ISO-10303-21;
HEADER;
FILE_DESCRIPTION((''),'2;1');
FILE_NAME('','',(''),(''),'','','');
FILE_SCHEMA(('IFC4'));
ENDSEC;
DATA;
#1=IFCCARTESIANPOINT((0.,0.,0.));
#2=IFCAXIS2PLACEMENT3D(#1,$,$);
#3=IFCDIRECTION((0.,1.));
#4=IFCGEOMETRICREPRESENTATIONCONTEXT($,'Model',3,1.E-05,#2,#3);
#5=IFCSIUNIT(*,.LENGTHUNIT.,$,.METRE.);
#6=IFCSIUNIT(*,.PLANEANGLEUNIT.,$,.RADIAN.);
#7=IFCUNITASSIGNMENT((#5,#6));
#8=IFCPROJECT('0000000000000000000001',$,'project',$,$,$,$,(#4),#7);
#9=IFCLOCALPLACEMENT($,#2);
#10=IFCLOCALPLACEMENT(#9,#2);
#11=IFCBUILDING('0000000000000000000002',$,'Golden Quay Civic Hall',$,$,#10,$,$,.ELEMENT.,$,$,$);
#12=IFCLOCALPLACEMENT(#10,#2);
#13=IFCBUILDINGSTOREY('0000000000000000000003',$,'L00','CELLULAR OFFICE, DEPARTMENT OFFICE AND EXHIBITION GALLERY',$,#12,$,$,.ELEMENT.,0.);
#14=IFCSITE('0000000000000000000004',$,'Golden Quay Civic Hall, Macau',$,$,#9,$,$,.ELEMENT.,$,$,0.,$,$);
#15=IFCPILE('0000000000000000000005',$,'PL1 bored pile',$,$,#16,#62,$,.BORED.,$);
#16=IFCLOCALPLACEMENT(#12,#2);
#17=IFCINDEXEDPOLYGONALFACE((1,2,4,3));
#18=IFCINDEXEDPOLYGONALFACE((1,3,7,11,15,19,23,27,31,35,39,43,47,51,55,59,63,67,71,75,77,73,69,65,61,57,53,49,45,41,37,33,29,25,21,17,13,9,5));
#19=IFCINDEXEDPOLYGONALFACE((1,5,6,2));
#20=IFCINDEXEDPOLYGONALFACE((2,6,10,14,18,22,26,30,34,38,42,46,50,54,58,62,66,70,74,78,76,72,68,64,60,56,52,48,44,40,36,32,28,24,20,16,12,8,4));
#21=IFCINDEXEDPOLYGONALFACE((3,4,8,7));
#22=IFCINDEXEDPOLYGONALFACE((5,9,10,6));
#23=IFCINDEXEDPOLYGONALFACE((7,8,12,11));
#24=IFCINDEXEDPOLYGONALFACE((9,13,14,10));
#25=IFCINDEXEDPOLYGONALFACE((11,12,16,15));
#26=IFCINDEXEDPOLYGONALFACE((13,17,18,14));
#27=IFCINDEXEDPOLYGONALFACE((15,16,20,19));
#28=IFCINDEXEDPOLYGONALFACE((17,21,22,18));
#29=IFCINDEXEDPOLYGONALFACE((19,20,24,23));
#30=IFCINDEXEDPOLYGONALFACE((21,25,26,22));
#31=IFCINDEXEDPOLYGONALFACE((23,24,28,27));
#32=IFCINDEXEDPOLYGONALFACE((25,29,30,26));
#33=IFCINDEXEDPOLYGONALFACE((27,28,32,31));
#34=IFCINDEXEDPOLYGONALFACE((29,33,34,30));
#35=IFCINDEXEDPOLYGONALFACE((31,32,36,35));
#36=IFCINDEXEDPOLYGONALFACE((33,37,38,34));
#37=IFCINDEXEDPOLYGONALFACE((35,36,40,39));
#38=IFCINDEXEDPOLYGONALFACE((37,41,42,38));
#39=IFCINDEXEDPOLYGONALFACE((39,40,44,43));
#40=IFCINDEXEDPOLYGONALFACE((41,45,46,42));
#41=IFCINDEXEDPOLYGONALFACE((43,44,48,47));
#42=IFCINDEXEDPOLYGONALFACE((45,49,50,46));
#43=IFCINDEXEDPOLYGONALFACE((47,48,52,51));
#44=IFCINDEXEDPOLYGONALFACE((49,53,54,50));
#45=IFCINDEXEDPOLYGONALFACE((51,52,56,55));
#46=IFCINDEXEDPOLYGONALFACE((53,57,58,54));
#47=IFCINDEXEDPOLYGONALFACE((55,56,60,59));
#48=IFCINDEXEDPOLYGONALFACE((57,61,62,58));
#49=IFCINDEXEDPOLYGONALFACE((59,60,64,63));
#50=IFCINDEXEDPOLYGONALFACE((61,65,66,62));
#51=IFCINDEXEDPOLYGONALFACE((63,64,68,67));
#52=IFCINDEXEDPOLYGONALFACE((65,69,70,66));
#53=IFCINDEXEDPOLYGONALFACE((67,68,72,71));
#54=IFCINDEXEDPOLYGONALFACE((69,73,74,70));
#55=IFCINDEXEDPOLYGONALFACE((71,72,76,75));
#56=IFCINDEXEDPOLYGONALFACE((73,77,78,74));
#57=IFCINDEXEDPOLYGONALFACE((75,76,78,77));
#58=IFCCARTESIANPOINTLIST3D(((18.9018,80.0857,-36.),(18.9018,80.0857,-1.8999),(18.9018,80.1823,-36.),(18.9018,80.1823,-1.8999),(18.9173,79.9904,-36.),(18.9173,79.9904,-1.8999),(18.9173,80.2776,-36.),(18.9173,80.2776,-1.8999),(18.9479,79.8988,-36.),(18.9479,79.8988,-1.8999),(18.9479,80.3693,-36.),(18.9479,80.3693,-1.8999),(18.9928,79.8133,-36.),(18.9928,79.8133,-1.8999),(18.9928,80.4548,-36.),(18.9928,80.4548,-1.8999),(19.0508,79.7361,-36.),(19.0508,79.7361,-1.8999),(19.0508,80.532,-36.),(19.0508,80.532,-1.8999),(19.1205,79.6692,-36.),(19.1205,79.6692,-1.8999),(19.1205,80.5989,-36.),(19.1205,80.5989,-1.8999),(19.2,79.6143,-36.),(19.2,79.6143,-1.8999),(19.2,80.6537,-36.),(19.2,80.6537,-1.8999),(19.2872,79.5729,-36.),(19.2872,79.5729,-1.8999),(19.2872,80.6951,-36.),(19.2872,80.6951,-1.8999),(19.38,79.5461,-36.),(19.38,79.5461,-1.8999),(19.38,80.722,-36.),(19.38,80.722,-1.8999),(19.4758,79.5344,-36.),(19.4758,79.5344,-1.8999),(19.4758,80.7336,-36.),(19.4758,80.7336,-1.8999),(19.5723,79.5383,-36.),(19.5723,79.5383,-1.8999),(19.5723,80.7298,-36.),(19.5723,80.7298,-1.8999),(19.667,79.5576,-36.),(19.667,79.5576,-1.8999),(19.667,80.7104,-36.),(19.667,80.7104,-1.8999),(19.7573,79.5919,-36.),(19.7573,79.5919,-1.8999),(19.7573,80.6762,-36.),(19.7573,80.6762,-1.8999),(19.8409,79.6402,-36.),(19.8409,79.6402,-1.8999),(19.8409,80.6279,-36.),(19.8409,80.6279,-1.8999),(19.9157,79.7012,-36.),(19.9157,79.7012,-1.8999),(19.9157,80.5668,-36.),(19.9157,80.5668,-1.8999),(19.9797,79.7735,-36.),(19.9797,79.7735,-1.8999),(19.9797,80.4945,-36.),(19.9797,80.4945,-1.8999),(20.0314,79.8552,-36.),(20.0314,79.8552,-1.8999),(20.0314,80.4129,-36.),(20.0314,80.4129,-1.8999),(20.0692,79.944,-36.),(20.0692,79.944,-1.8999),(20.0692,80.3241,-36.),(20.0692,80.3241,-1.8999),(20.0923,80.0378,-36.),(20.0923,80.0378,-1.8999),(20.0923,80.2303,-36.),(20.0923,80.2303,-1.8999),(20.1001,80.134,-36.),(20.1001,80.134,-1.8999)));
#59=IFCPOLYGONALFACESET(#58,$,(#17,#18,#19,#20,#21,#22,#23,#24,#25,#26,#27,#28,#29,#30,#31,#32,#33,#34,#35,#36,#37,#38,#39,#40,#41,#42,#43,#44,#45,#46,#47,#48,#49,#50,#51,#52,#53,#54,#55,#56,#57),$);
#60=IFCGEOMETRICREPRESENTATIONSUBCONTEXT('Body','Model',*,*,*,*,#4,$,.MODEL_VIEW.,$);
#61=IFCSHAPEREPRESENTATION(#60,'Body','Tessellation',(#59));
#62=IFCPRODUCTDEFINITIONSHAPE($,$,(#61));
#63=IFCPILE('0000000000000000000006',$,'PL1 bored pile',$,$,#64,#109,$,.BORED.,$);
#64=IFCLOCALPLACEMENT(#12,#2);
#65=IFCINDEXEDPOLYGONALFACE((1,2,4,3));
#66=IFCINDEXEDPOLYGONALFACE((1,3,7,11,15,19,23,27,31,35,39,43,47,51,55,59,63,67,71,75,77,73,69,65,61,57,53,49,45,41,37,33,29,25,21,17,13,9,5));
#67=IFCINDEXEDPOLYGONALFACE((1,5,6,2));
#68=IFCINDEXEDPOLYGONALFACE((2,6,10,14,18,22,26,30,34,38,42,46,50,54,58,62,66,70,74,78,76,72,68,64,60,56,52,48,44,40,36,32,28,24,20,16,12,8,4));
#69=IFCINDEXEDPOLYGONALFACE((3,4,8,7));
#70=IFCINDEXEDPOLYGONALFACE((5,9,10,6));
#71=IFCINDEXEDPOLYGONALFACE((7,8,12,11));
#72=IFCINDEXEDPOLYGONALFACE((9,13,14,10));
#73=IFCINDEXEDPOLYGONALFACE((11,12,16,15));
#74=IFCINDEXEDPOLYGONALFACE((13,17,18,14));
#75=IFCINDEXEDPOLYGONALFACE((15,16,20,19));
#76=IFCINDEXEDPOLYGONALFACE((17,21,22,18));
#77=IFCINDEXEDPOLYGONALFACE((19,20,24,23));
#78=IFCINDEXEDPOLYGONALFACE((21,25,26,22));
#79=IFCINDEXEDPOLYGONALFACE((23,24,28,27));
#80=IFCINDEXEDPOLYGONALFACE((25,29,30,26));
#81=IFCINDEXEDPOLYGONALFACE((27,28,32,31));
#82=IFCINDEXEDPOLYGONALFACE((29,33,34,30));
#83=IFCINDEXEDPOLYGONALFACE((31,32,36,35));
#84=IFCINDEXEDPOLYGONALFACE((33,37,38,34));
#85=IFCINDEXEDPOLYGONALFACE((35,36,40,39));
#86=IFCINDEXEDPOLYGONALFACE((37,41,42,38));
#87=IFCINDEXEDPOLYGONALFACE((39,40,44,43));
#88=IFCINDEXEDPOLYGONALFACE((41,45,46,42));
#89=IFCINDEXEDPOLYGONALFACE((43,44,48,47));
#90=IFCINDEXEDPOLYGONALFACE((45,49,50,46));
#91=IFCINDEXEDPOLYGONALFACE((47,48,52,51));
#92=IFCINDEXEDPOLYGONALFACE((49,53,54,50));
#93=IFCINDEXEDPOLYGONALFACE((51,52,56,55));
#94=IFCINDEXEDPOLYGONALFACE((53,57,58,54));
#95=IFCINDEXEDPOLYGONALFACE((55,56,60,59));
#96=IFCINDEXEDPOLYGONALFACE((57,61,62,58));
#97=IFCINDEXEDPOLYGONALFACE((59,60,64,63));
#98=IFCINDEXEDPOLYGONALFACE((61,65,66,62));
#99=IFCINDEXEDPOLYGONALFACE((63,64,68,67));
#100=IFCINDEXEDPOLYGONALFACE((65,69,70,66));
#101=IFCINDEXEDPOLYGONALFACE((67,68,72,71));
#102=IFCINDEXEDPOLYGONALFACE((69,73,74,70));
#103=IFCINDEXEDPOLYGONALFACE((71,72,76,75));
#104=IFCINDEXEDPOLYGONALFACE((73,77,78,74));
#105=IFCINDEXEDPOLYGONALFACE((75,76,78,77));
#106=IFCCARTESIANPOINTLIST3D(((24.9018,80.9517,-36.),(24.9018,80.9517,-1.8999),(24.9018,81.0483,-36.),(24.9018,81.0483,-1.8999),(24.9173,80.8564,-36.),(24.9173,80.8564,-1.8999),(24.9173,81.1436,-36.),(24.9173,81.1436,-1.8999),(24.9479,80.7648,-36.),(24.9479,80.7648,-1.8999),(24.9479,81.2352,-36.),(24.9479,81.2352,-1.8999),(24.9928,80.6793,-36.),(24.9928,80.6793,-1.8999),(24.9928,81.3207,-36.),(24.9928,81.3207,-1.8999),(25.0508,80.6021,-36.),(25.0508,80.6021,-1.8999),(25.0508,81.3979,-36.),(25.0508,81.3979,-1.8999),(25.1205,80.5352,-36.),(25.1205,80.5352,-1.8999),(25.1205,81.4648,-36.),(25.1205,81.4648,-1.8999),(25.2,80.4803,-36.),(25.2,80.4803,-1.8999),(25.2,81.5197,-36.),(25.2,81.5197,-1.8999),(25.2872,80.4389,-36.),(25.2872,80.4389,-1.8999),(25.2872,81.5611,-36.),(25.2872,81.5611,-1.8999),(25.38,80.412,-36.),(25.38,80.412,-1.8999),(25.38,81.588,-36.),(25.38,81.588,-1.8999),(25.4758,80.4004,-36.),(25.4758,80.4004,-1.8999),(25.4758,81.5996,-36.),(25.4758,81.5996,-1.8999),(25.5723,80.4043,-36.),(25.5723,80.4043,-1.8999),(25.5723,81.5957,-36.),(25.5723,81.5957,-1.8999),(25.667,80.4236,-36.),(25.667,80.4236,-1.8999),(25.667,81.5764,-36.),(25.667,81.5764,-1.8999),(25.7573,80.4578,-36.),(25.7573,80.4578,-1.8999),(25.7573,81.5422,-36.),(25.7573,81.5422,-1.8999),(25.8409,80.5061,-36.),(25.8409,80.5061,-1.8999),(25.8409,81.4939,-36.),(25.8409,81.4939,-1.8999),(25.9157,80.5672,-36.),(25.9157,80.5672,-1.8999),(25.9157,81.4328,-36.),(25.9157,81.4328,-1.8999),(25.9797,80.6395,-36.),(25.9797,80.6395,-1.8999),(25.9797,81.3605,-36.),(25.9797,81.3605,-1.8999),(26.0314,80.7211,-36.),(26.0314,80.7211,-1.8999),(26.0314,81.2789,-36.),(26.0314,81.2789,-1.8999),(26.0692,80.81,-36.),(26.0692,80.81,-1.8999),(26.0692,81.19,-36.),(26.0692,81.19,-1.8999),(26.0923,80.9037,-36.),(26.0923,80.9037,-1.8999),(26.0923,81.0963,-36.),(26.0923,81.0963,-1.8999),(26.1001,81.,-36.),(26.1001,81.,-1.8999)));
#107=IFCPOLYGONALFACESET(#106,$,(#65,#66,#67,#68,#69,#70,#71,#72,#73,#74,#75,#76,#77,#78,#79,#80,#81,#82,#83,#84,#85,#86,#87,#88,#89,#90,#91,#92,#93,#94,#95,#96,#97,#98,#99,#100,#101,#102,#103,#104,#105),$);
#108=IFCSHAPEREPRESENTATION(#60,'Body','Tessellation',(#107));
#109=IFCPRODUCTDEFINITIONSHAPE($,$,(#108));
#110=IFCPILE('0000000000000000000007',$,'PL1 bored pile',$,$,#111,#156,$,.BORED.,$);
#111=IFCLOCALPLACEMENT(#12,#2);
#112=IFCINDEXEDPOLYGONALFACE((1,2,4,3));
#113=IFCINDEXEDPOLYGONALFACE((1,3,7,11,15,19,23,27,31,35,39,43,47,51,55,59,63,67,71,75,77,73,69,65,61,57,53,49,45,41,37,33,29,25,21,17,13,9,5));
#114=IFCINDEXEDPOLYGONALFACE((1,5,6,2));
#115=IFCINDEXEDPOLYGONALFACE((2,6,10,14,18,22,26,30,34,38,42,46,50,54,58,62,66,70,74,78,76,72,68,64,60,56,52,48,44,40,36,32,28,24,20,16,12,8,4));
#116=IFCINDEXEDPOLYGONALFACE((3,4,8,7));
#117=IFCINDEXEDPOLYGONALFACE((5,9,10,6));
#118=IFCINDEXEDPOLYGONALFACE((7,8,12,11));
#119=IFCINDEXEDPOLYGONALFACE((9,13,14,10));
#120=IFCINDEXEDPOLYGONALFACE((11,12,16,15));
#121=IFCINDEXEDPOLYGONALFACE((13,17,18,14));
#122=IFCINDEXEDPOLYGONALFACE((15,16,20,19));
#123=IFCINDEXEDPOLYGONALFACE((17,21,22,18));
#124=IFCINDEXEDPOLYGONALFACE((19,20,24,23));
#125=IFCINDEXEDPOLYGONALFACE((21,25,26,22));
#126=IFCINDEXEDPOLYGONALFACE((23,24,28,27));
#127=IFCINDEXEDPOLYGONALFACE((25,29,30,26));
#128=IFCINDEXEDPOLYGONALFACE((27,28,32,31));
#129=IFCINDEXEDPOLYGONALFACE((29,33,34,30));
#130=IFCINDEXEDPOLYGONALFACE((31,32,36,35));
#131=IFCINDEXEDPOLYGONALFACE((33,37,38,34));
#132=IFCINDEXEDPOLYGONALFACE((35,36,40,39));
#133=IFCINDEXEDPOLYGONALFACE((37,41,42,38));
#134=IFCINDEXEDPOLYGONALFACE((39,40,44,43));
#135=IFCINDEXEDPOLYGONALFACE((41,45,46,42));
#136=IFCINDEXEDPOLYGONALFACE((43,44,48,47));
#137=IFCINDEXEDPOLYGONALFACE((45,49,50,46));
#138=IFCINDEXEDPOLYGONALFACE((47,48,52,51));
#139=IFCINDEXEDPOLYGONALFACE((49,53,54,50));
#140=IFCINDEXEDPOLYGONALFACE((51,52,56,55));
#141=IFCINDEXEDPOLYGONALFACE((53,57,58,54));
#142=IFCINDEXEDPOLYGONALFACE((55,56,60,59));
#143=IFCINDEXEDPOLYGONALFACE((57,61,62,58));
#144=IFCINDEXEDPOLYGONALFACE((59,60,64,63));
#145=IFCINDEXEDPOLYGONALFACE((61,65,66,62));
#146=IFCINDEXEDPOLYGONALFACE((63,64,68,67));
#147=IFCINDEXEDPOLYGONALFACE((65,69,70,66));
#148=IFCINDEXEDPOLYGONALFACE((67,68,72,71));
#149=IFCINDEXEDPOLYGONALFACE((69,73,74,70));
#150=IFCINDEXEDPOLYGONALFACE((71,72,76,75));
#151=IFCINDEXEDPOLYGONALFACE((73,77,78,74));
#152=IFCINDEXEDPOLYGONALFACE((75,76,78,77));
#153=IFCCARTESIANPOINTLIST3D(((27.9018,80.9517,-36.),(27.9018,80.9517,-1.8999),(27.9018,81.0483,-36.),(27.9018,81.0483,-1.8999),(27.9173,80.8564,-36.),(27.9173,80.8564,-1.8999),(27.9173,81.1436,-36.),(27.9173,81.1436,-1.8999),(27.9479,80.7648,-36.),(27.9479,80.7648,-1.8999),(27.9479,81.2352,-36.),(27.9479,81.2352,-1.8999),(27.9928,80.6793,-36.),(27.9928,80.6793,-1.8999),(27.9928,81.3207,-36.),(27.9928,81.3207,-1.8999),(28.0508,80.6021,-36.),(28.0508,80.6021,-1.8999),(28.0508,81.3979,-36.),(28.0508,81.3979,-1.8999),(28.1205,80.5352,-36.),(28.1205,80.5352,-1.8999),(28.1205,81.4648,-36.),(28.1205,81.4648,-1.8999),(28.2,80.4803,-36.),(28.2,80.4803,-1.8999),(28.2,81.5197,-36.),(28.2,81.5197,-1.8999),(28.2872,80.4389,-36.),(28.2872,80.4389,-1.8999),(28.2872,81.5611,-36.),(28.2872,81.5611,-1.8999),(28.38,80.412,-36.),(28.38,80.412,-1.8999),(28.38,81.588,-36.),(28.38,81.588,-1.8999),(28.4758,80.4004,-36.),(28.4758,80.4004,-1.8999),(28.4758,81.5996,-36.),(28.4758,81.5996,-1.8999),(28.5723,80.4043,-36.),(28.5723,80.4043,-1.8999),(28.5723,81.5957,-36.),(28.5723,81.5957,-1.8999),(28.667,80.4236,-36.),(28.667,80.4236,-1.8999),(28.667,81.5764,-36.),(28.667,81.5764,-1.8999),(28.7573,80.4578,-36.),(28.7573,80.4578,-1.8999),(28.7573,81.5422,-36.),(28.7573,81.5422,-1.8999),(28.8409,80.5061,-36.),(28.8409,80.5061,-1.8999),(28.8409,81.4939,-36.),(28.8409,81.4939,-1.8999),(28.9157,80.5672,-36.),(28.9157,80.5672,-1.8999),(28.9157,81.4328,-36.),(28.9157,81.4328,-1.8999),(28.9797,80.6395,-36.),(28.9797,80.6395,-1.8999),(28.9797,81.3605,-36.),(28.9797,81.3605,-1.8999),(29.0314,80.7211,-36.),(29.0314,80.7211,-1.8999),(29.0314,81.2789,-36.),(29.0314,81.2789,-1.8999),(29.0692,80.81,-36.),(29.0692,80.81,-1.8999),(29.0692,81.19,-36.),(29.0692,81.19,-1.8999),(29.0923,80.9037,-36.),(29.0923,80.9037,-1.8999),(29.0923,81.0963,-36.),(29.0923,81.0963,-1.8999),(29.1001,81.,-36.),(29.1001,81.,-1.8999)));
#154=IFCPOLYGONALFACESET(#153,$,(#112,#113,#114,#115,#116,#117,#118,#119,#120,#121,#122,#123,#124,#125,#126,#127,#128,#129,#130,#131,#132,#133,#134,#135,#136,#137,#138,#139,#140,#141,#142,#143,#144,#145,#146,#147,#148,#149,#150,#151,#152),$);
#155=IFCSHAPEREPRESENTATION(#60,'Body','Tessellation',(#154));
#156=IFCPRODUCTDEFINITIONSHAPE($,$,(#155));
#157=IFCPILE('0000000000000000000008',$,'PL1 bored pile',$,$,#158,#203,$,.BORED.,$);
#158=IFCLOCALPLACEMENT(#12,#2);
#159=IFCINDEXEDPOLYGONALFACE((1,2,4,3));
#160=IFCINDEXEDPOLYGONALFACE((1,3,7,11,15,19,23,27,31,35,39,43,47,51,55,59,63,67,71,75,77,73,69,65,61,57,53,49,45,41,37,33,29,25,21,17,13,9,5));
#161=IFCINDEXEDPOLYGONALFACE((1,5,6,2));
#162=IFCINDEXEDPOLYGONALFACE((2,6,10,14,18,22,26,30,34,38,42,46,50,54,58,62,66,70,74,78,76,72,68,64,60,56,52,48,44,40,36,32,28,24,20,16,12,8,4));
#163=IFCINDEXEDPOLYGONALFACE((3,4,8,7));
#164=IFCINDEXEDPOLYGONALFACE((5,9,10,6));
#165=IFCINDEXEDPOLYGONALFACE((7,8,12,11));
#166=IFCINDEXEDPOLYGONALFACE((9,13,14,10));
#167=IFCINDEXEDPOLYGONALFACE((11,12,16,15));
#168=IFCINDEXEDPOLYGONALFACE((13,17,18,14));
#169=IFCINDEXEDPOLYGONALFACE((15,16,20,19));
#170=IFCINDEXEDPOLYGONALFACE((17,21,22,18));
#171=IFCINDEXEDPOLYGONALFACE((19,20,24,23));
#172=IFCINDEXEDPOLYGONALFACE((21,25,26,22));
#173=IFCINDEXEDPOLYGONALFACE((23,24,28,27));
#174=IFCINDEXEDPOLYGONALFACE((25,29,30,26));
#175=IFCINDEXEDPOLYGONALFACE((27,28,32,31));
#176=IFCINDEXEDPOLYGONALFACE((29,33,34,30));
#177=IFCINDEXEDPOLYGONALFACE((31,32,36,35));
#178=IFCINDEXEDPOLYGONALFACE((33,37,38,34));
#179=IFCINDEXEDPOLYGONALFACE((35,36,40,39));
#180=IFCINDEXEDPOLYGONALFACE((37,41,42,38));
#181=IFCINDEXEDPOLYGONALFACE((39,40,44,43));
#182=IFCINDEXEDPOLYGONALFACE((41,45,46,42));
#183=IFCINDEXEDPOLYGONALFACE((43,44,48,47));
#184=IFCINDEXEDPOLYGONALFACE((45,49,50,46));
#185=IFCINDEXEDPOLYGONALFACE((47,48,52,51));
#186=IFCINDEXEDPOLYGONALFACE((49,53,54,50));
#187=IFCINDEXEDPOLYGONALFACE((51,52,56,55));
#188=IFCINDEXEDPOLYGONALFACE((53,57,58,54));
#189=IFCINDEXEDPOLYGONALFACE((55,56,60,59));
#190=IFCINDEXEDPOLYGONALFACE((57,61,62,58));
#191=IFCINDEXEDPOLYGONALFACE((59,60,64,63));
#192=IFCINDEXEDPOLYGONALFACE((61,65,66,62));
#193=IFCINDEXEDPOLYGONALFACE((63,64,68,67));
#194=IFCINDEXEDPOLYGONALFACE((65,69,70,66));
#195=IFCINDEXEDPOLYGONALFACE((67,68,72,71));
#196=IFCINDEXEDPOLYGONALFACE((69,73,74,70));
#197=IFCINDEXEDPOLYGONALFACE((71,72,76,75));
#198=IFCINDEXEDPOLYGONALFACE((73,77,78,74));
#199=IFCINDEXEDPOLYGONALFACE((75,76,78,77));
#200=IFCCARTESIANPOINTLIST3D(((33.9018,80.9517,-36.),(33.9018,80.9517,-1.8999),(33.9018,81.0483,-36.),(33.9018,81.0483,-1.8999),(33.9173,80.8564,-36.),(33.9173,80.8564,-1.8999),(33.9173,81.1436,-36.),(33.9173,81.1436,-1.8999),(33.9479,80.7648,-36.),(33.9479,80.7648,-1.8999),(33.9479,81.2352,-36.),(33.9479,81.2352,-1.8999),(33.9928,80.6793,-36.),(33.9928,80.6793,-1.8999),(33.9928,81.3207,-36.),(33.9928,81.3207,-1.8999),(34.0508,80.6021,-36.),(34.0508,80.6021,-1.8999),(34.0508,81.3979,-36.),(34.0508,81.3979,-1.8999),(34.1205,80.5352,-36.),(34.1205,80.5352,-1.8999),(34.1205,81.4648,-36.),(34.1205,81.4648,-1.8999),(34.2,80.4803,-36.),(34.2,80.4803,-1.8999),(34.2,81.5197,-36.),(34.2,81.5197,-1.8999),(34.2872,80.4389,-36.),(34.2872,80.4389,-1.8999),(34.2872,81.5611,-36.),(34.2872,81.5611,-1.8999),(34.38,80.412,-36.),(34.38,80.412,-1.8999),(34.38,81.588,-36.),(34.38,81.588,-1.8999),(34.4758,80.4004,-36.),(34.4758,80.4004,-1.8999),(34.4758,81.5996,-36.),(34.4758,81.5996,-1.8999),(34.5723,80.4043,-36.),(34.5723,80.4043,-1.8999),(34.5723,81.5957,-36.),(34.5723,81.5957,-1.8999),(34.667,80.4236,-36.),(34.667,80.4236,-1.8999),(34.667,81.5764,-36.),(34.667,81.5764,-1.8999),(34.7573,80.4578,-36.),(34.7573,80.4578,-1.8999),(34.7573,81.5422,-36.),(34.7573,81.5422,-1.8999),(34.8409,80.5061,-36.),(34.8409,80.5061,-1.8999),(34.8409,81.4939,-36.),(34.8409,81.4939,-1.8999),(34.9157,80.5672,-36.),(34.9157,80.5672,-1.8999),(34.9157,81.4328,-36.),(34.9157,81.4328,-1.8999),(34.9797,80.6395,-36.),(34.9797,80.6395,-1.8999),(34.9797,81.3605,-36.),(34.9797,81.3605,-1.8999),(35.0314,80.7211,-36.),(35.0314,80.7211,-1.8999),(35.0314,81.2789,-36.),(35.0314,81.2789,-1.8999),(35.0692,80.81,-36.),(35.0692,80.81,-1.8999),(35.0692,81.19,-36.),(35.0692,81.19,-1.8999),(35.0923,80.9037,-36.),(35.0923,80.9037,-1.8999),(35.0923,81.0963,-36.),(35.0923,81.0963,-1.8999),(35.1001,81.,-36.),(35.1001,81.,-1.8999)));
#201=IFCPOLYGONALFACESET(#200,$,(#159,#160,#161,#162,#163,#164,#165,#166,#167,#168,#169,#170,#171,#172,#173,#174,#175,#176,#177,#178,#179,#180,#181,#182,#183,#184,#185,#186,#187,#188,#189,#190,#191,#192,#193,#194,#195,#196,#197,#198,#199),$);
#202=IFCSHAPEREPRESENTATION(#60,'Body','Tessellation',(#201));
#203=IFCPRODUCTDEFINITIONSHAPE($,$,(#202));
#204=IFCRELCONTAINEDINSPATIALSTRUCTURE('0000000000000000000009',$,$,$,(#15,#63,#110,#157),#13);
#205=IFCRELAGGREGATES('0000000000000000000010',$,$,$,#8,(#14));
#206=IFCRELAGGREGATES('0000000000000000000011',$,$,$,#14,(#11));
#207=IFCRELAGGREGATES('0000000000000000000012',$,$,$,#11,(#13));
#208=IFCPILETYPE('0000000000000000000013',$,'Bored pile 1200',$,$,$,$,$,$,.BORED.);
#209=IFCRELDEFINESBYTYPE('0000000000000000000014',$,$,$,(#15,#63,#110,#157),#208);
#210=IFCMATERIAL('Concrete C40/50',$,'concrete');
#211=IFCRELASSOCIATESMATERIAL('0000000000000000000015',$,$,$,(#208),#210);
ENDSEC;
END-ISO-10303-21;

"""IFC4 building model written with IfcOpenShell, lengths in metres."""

from ifc_helpers import new_model, si_unit, direction, frame, origin, origin_2d, place, context, subcontext, project, spatial, circle, extrude, material, material_profile, profile_set, type_object, element, save


model = new_model("IFC4")

# Units and contexts
model_context = context("Model", 3, precision=1e-05, world=origin(), true_north=direction((0.0, 1.0)))
body_context = subcontext(model_context, "Body", "Model", "MODEL_VIEW")
ifc_project = project(units=[si_unit("LENGTHUNIT", "METRE"), si_unit("PLANEANGLEUNIT", "RADIAN")], contexts=[model_context])

# Site, building, storey
site_placement = place(None, origin())
site = spatial("IfcSite", under=ifc_project, at=site_placement, Name="Golden Quay Civic Hall, Macau", CompositionType="ELEMENT", RefElevation=0.0)
building_placement = place(site_placement, origin())
building = spatial("IfcBuilding", under=site, at=building_placement, Name="Golden Quay Civic Hall", CompositionType="ELEMENT")
storey_placement = place(building_placement, origin())
storey = spatial("IfcBuildingStorey", under=building, at=storey_placement, Name="L00", Description="CELLULAR OFFICE, DEPARTMENT OFFICE AND EXHIBITION GALLERY", CompositionType="ELEMENT", Elevation=0.0)

# Piles
ifc_material_1 = material(Name="Concrete C40/50", Category="concrete")
ifc_material_profile_1 = material_profile(ifc_material_1, circle(Radius=0.6001, at=origin_2d()), Name="RC D1200")
ifc_profile_set_1 = profile_set([ifc_material_profile_1], Name="Concrete C40/50")
pile_type = type_object("IfcPileType", Name="Bored pile 1200", PredefinedType="BORED", material=ifc_profile_set_1)
for number, where, z_axis, x_axis, name in (
    (1, (19.5, 80.134, -1.8999), (0.0, 0.0, -1.0), (1.0, 0.0, 0.0), "PL1 bored pile"),
    (2, (25.5, 81.0, -1.8999), (0.0, 0.0, -1.0), (1.0, 0.0, 0.0), "PL1 bored pile"),
    (3, (28.5, 81.0, -1.8999), (0.0, 0.0, -1.0), (1.0, 0.0, 0.0), "PL1 bored pile"),
    (4, (34.5, 81.0, -1.8999), (0.0, 0.0, -1.0), (1.0, 0.0, 0.0), "PL1 bored pile"),
):
    element("IfcPile", number, at=place(storey_placement, frame(where, z_axis=z_axis, x_axis=x_axis)), inside=storey, type_object=pile_type, Name=name, PredefinedType="BORED", context=body_context, shape_type="SweptSolid", body=[
        extrude(circle(Radius=0.6001, at=origin_2d()), origin(), (0.0, 0.0, 1.0), 34.1001),
    ])

save(model, "model.ifc")
